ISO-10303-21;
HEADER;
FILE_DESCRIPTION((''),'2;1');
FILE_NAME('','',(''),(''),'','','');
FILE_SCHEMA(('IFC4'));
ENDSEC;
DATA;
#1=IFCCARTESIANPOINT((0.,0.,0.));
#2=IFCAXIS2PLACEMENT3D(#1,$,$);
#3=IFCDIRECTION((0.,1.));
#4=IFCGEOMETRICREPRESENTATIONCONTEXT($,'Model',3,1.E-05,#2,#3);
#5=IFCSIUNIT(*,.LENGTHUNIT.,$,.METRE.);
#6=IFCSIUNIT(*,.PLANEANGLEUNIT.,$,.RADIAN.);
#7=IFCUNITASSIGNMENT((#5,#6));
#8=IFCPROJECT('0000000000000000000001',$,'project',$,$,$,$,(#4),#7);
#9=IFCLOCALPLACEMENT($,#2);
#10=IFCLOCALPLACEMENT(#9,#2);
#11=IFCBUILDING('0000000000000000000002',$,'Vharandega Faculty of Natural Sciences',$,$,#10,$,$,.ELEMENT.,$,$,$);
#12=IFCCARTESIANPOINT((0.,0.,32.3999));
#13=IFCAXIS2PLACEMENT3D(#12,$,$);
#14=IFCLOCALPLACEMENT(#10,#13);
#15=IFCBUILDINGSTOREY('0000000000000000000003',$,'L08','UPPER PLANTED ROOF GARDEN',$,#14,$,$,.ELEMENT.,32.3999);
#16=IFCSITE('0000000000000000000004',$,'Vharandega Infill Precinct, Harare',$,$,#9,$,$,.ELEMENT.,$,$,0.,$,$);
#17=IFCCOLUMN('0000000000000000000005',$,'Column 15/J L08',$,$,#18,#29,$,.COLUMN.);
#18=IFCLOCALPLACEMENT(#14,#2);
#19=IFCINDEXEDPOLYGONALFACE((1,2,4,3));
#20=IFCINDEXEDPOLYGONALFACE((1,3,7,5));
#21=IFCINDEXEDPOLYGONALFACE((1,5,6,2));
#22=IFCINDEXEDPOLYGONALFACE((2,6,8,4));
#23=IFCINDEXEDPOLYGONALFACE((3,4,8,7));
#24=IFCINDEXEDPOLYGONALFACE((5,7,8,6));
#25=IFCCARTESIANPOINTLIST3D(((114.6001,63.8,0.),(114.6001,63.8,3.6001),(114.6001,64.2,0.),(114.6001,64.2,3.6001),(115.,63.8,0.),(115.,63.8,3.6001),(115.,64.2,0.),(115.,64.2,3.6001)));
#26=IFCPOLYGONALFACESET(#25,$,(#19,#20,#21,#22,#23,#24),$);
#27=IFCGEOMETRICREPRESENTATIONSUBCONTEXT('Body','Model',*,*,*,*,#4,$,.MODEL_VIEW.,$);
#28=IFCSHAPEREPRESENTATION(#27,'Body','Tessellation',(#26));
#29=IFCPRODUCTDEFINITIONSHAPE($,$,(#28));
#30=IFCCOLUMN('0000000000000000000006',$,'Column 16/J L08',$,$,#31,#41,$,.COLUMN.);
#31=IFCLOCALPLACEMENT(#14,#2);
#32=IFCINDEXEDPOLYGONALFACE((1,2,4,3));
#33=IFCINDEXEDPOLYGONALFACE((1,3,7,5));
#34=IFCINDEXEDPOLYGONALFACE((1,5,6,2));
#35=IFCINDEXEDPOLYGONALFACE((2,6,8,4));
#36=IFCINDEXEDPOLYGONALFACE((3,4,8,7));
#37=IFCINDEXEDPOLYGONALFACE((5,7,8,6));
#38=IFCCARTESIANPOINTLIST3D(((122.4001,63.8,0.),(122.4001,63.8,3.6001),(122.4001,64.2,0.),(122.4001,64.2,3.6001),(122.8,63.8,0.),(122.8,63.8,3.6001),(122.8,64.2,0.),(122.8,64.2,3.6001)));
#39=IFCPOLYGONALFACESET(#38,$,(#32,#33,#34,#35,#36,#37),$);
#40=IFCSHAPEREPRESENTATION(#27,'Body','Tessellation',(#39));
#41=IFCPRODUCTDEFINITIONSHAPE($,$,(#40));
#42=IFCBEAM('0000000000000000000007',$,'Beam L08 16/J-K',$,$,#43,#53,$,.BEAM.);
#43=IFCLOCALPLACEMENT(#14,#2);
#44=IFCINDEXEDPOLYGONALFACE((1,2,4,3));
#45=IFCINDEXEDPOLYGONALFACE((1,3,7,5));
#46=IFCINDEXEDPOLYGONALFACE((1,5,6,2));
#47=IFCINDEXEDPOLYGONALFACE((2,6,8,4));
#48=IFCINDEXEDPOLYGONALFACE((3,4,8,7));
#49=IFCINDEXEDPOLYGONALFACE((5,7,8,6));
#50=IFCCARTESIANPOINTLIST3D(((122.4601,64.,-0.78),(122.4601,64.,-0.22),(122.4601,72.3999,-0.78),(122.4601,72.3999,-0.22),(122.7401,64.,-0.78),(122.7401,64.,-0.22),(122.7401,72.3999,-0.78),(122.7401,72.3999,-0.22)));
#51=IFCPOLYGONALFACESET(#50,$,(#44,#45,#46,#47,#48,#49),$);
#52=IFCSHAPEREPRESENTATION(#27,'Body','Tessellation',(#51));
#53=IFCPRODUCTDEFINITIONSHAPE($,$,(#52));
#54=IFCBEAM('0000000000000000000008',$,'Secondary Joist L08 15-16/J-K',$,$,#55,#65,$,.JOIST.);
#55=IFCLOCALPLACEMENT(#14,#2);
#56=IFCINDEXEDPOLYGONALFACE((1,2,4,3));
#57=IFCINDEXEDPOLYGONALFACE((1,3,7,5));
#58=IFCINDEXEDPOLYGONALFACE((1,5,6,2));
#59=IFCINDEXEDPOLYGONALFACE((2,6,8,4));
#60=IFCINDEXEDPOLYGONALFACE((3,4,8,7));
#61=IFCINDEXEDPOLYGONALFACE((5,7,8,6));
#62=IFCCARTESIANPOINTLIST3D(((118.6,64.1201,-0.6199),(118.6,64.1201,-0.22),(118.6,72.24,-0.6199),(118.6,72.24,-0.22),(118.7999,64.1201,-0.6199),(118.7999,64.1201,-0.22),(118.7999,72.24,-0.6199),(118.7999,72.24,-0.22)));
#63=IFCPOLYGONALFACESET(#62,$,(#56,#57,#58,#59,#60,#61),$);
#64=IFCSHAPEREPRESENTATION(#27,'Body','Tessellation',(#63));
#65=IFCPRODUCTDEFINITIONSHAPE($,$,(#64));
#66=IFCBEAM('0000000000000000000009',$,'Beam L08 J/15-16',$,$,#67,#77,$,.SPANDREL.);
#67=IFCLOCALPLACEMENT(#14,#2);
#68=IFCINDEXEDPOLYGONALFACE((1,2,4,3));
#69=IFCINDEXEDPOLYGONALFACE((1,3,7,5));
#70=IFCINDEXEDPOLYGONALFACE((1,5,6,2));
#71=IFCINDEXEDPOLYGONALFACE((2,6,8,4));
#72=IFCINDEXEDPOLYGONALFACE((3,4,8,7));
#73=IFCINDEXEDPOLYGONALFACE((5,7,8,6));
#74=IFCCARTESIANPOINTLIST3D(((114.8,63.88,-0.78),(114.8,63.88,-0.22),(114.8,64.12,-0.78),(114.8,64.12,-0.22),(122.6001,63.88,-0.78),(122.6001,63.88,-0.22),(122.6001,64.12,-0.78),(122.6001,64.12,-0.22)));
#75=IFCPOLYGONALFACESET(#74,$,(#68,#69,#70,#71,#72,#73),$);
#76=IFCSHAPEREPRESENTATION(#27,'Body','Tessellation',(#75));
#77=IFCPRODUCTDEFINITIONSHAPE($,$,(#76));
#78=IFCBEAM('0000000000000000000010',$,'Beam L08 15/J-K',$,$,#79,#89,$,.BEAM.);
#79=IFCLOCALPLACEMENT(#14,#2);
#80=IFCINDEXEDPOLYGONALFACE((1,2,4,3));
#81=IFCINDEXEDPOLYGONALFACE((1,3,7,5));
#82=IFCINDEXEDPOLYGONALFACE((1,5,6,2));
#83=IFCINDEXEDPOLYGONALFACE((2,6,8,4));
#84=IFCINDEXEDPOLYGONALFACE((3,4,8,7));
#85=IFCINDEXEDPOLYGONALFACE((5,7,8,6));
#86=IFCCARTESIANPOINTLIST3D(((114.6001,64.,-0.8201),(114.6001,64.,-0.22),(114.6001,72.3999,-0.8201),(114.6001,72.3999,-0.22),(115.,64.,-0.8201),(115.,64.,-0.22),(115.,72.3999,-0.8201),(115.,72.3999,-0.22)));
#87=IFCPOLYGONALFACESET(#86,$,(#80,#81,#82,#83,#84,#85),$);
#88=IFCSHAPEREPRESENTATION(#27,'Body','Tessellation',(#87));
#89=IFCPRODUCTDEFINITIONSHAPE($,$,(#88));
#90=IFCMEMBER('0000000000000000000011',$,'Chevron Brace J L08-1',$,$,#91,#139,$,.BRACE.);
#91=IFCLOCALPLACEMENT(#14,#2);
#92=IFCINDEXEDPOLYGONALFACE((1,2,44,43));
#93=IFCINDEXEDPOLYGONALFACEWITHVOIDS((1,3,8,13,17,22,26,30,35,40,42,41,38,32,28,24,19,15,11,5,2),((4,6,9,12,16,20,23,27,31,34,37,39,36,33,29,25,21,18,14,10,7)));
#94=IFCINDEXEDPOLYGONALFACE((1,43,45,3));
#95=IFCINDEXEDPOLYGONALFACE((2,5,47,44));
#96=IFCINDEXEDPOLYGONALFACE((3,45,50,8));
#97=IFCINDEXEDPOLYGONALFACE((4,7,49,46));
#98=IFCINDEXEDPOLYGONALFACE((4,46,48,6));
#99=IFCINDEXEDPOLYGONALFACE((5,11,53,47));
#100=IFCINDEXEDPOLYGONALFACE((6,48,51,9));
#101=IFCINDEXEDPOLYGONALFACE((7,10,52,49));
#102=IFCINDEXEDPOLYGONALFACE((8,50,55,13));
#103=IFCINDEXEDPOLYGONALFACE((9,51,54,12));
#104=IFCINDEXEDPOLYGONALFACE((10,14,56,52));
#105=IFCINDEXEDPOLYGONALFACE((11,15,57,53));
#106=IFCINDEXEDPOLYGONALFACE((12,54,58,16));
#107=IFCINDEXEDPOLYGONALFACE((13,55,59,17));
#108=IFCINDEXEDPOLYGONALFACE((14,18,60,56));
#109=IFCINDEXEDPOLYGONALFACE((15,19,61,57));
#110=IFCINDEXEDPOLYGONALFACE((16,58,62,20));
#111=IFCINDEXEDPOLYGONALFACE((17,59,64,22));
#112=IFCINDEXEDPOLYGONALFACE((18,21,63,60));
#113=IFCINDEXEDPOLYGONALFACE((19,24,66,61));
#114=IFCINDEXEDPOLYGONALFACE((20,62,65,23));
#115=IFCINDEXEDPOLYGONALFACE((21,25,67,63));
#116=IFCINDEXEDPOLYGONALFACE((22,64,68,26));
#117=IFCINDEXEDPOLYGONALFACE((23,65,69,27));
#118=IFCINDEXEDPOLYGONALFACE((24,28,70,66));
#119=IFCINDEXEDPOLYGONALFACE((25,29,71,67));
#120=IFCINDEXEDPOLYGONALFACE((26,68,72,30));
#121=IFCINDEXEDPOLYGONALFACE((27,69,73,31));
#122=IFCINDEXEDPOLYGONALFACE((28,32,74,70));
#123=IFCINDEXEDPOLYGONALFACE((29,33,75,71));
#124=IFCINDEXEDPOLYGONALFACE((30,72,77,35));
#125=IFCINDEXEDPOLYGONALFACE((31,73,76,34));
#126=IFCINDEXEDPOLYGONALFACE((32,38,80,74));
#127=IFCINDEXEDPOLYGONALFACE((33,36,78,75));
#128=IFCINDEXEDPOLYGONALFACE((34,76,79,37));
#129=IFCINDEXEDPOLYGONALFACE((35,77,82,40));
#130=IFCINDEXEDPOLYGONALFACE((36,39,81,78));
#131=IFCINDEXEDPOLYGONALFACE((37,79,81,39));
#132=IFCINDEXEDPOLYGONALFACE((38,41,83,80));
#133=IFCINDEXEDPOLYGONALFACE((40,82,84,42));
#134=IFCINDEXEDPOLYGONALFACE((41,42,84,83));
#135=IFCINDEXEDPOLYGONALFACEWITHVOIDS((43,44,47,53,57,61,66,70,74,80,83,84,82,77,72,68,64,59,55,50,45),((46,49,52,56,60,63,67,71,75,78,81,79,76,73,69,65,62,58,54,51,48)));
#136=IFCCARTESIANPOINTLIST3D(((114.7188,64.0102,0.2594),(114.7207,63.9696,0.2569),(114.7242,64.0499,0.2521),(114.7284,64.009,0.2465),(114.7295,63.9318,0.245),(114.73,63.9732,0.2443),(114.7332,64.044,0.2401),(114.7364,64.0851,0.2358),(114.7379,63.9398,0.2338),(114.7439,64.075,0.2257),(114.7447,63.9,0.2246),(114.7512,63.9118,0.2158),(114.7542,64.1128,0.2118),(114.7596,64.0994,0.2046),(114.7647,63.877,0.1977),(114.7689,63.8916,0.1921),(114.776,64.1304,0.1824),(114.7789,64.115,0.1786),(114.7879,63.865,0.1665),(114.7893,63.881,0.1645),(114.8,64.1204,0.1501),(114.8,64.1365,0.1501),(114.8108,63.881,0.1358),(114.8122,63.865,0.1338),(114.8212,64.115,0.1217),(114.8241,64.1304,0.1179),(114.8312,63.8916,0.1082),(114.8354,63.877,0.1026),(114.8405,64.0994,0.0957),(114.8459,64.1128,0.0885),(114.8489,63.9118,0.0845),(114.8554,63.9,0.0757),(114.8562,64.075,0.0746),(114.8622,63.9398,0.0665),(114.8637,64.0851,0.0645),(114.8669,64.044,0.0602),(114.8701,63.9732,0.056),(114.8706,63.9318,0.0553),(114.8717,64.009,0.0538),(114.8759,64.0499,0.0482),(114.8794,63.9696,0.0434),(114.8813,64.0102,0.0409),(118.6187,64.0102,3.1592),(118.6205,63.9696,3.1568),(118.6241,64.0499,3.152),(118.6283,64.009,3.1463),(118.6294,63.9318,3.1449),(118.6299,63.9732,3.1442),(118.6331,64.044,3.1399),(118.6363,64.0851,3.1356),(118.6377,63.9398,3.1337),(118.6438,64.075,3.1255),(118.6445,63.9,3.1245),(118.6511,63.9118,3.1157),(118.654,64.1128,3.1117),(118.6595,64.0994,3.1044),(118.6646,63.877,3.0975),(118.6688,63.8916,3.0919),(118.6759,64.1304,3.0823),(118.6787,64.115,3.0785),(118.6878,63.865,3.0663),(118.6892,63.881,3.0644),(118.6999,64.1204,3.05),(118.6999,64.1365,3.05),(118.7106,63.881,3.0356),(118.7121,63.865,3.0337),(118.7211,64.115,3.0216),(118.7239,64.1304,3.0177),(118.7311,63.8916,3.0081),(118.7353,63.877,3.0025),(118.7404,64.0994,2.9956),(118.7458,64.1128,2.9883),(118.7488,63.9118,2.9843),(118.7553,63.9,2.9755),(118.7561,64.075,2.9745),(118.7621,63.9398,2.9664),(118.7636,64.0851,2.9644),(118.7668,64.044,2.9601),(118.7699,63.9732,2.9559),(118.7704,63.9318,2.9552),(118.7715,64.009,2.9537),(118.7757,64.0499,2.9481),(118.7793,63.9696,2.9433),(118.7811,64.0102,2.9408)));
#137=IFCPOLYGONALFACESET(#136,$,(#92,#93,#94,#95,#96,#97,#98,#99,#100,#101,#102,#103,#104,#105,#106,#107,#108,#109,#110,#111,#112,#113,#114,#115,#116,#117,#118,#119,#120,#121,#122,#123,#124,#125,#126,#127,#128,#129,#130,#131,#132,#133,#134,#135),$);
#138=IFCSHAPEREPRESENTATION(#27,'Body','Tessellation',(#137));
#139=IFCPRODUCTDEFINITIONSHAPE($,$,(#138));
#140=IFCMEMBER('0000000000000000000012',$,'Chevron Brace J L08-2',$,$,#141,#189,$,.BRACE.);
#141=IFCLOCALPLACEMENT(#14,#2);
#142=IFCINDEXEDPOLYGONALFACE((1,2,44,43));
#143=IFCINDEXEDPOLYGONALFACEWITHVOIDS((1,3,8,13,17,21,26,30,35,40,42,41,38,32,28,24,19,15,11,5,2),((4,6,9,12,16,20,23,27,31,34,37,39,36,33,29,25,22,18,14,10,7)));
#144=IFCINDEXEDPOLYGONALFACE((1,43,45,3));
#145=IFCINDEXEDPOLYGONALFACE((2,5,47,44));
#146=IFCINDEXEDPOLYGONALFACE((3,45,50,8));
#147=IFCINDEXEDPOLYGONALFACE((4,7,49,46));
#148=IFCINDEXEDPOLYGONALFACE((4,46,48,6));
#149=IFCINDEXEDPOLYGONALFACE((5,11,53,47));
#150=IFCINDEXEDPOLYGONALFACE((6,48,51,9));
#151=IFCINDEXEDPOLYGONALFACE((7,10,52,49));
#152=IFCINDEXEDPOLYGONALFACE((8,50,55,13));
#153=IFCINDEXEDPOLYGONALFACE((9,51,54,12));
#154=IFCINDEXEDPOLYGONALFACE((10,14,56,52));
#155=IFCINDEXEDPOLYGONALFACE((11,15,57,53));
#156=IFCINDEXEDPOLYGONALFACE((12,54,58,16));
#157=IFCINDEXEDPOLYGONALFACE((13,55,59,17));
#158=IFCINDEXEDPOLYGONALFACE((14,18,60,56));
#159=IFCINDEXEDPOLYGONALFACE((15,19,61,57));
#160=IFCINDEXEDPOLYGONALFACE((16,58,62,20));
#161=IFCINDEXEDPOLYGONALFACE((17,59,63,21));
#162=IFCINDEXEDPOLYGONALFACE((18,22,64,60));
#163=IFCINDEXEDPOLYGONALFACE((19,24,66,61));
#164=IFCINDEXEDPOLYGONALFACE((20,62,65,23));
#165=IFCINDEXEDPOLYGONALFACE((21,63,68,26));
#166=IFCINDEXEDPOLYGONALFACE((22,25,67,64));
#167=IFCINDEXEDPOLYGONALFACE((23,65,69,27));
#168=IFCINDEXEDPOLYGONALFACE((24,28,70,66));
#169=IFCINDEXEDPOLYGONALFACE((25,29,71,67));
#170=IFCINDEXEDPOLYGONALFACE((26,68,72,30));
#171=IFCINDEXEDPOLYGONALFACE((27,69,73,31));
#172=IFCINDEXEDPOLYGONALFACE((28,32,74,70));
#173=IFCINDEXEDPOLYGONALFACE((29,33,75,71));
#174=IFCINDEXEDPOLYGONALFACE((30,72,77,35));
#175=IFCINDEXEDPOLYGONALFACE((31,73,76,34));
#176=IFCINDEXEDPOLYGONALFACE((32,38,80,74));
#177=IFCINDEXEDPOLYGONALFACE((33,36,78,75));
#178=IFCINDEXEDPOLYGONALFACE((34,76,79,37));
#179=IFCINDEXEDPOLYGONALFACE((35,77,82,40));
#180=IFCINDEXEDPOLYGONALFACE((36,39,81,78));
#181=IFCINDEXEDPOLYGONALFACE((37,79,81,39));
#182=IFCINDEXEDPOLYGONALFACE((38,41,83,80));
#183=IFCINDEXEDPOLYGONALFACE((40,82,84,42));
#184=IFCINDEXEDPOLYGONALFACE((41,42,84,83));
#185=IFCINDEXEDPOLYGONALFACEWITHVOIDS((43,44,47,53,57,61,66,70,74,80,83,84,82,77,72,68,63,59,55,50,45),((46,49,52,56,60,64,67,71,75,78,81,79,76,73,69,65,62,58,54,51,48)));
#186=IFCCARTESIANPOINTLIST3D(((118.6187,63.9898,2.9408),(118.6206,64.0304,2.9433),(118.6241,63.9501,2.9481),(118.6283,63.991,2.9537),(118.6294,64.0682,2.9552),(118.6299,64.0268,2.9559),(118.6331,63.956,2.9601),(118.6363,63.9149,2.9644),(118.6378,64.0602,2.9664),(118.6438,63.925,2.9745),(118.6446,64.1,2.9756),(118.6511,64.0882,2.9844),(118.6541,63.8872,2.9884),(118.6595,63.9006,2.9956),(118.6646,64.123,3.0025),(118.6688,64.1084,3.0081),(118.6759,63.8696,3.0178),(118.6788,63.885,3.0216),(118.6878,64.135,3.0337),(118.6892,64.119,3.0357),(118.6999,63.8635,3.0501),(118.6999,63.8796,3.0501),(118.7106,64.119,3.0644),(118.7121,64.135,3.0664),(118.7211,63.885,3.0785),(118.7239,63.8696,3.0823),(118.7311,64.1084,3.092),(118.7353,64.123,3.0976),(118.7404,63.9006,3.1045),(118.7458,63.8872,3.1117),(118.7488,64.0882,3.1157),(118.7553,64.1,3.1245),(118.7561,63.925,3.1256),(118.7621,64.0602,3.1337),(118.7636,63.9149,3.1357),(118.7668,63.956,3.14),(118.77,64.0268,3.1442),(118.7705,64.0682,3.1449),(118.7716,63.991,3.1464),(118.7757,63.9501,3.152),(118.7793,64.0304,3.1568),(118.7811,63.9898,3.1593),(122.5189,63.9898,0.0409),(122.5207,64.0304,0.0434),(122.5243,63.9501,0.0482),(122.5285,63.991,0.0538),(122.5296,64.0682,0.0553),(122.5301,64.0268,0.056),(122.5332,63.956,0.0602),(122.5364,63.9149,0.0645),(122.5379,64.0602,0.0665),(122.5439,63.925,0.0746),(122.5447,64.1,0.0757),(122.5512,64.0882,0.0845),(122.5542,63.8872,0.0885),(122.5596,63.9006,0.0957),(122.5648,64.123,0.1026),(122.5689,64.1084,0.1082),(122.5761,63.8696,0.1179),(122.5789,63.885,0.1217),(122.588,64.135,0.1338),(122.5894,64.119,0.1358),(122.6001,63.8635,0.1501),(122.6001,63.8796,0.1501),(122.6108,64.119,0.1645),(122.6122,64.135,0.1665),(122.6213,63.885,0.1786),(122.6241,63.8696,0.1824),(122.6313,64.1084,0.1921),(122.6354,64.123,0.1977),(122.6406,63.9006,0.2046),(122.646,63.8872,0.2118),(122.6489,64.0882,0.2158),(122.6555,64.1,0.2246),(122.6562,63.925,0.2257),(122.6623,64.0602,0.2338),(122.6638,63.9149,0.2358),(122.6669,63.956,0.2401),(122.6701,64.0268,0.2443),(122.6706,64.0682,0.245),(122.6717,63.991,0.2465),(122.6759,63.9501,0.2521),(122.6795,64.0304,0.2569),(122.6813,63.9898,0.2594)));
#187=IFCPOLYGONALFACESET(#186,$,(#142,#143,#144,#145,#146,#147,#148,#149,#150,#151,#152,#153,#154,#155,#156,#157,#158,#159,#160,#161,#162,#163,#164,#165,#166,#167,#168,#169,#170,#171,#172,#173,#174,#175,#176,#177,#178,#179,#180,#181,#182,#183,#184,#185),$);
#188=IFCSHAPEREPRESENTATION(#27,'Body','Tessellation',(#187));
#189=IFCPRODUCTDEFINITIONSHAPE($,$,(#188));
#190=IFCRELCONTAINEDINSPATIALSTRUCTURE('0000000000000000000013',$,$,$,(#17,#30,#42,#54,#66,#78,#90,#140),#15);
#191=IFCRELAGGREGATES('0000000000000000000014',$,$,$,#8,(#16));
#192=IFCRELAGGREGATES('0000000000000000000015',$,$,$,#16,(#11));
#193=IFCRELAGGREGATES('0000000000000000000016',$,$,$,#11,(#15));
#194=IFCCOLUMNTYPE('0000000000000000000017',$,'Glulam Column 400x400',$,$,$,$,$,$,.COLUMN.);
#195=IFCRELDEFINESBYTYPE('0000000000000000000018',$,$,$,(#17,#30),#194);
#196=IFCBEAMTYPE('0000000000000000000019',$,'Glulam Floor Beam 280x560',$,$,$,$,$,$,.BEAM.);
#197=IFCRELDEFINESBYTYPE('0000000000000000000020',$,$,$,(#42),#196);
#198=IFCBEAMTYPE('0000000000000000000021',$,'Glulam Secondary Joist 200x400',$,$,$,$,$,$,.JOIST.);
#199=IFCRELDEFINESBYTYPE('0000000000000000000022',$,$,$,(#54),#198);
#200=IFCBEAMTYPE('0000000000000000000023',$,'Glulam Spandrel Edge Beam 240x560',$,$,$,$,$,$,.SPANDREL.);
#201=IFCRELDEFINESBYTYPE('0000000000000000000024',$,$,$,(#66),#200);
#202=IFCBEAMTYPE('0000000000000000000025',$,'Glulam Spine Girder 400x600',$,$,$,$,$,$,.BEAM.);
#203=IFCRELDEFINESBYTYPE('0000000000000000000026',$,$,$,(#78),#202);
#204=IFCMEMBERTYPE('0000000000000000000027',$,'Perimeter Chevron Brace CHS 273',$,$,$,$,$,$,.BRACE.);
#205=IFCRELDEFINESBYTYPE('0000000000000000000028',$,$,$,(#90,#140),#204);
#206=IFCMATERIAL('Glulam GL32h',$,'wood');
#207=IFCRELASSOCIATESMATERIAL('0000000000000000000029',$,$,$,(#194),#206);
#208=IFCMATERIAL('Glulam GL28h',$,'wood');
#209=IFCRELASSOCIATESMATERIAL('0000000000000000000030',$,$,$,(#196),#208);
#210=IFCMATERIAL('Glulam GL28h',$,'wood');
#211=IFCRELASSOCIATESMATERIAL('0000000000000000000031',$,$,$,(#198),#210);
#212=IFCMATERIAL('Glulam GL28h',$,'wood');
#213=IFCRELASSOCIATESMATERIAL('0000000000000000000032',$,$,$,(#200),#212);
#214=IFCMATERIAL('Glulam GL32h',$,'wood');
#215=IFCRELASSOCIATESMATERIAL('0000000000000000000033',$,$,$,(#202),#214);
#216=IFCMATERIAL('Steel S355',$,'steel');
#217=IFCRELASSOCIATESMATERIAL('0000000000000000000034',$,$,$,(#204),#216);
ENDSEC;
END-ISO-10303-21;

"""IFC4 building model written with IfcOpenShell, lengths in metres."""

from ifc_helpers import new_model, si_unit, direction, frame, origin, origin_2d, place, context, subcontext, project, spatial, rectangle, hollow_circle, extrude, material, material_profile, profile_set, type_object, element, save


model = new_model("IFC4")

# Units and contexts
model_context = context("Model", 3, precision=1e-05, world=origin(), true_north=direction((0.0, 1.0)))
body_context = subcontext(model_context, "Body", "Model", "MODEL_VIEW")
ifc_project = project(units=[si_unit("LENGTHUNIT", "METRE"), si_unit("PLANEANGLEUNIT", "RADIAN")], contexts=[model_context])

# Site, building, storey
site_placement = place(None, origin())
site = spatial("IfcSite", under=ifc_project, at=site_placement, Name="Vharandega Infill Precinct, Harare", CompositionType="ELEMENT", RefElevation=0.0)
building_placement = place(site_placement, origin())
building = spatial("IfcBuilding", under=site, at=building_placement, Name="Vharandega Faculty of Natural Sciences", CompositionType="ELEMENT")
storey_placement = place(building_placement, frame((0.0, 0.0, 32.3999)))
storey = spatial("IfcBuildingStorey", under=building, at=storey_placement, Name="L08", Description="UPPER PLANTED ROOF GARDEN", CompositionType="ELEMENT", Elevation=32.3999)

# Columns
ifc_material_1 = material(Name="Glulam GL32h", Category="wood")
ifc_material_profile_1 = material_profile(ifc_material_1, rectangle(XDim=0.3999, YDim=0.3999, at=origin_2d()), Name="GL32h 400x400")
ifc_profile_set_1 = profile_set([ifc_material_profile_1], Name="Glulam GL32h")
column_type = type_object("IfcColumnType", Name="Glulam Column 400x400", PredefinedType="COLUMN", material=ifc_profile_set_1)
for number, where, z_axis, x_axis, name in (
    (1, (114.8, 64.0, 0.0), (0.0, 0.0, 1.0), (1.0, 0.0, 0.0), "Column 15/J L08"),
    (2, (122.6001, 64.0, 0.0), (0.0, 0.0, 1.0), (1.0, 0.0, 0.0), "Column 16/J L08"),
):
    element("IfcColumn", number, at=place(storey_placement, frame(where, z_axis=z_axis, x_axis=x_axis)), inside=storey, type_object=column_type, Name=name, PredefinedType="COLUMN", context=body_context, shape_type="SweptSolid", body=[
        extrude(rectangle(XDim=0.3999, YDim=0.3999, at=origin_2d()), origin(), (0.0, 0.0, 1.0), 3.6001),
    ])

# Beams
ifc_material_2 = material(Name="Glulam GL28h", Category="wood")
ifc_material_profile_2 = material_profile(ifc_material_2, rectangle(XDim=0.28, YDim=0.5601, at=origin_2d()), Name="GL28h 280x560")
ifc_profile_set_2 = profile_set([ifc_material_profile_2], Name="Glulam GL28h")
beam_type_1 = type_object("IfcBeamType", Name="Glulam Floor Beam 280x560", PredefinedType="BEAM", material=ifc_profile_set_2)
beam_1_placement = place(storey_placement, frame((122.6001, 64.0, -0.5), z_axis=(0.0, 1.0, 0.0), x_axis=(-1.0, 0.0, 0.0)))
element("IfcBeam", 3, at=beam_1_placement, inside=storey, type_object=beam_type_1, Name="Beam L08 16/J-K", PredefinedType="BEAM", context=body_context, shape_type="SweptSolid", body=[
    extrude(rectangle(XDim=0.28, YDim=0.5601, at=origin_2d()), origin(), (0.0, 0.0, 1.0), 8.3999),
])
ifc_material_3 = material(Name="Glulam GL28h", Category="wood")
ifc_material_profile_3 = material_profile(ifc_material_3, rectangle(XDim=0.2, YDim=0.3999, at=origin_2d()), Name="GL28h 200x400")
ifc_profile_set_3 = profile_set([ifc_material_profile_3], Name="Glulam GL28h")
beam_type_2 = type_object("IfcBeamType", Name="Glulam Secondary Joist 200x400", PredefinedType="JOIST", material=ifc_profile_set_3)
beam_2_placement = place(storey_placement, frame((118.7, 64.1201, -0.4199), z_axis=(0.0, 1.0, 0.0), x_axis=(-1.0, 0.0, 0.0)))
element("IfcBeam", 4, at=beam_2_placement, inside=storey, type_object=beam_type_2, Name="Secondary Joist L08 15-16/J-K", PredefinedType="JOIST", context=body_context, shape_type="SweptSolid", body=[
    extrude(rectangle(XDim=0.2, YDim=0.3999, at=origin_2d()), origin(), (0.0, 0.0, 1.0), 8.1199),
])
ifc_material_4 = material(Name="Glulam GL28h", Category="wood")
ifc_material_profile_4 = material_profile(ifc_material_4, rectangle(XDim=0.24, YDim=0.5601, at=origin_2d()), Name="GL28h 240x560")
ifc_profile_set_4 = profile_set([ifc_material_profile_4], Name="Glulam GL28h")
beam_type_3 = type_object("IfcBeamType", Name="Glulam Spandrel Edge Beam 240x560", PredefinedType="SPANDREL", material=ifc_profile_set_4)
beam_3_placement = place(storey_placement, frame((114.8, 64.0, -0.5), z_axis=(1.0, 0.0, 0.0), x_axis=(0.0, 1.0, 0.0)))
element("IfcBeam", 5, at=beam_3_placement, inside=storey, type_object=beam_type_3, Name="Beam L08 J/15-16", PredefinedType="SPANDREL", context=body_context, shape_type="SweptSolid", body=[
    extrude(rectangle(XDim=0.24, YDim=0.5601, at=origin_2d()), origin(), (0.0, 0.0, 1.0), 7.8),
])
ifc_material_5 = material(Name="Glulam GL32h", Category="wood")
ifc_material_profile_5 = material_profile(ifc_material_5, rectangle(XDim=0.3999, YDim=0.6001, at=origin_2d()), Name="GL32h 400x600")
ifc_profile_set_5 = profile_set([ifc_material_profile_5], Name="Glulam GL32h")
beam_type_4 = type_object("IfcBeamType", Name="Glulam Spine Girder 400x600", PredefinedType="BEAM", material=ifc_profile_set_5)
beam_4_placement = place(storey_placement, frame((114.8, 64.0, -0.52), z_axis=(0.0, 1.0, 0.0), x_axis=(-1.0, 0.0, 0.0)))
element("IfcBeam", 6, at=beam_4_placement, inside=storey, type_object=beam_type_4, Name="Beam L08 15/J-K", PredefinedType="BEAM", context=body_context, shape_type="SweptSolid", body=[
    extrude(rectangle(XDim=0.3999, YDim=0.6001, at=origin_2d()), origin(), (0.0, 0.0, 1.0), 8.3999),
])

# Members
ifc_material_6 = material(Name="Steel S355", Category="steel")
ifc_material_profile_6 = material_profile(ifc_material_6, hollow_circle(Radius=0.1365, WallThickness=0.0161, at=origin_2d()), Name="CHS 273x16")
ifc_profile_set_6 = profile_set([ifc_material_profile_6], Name="Steel S355")
member_type = type_object("IfcMemberType", Name="Perimeter Chevron Brace CHS 273", PredefinedType="BRACE", material=ifc_profile_set_6)
member_1_placement = place(storey_placement, frame((114.8, 64.0, 0.1501), z_axis=(0.802465, 0.0, 0.596699), x_axis=(0.0, 1.0, 0.0)))
element("IfcMember", 7, at=member_1_placement, inside=storey, type_object=member_type, Name="Chevron Brace J L08-1", PredefinedType="BRACE", context=body_context, shape_type="SweptSolid", body=[
    extrude(hollow_circle(Radius=0.1365, WallThickness=0.0161, at=origin_2d()), origin(), (0.0, 0.0, 1.0), 4.8599),
])
member_2_placement = place(storey_placement, frame((122.6001, 64.0, 0.1501), z_axis=(-0.802483, 0.0, 0.596675), x_axis=(0.0, -1.0, 0.0)))
element("IfcMember", 8, at=member_2_placement, inside=storey, type_object=member_type, Name="Chevron Brace J L08-2", PredefinedType="BRACE", context=body_context, shape_type="SweptSolid", body=[
    extrude(hollow_circle(Radius=0.1365, WallThickness=0.0161, at=origin_2d()), origin(), (0.0, 0.0, 1.0), 4.8601),
])

save(model, "model.ifc")
